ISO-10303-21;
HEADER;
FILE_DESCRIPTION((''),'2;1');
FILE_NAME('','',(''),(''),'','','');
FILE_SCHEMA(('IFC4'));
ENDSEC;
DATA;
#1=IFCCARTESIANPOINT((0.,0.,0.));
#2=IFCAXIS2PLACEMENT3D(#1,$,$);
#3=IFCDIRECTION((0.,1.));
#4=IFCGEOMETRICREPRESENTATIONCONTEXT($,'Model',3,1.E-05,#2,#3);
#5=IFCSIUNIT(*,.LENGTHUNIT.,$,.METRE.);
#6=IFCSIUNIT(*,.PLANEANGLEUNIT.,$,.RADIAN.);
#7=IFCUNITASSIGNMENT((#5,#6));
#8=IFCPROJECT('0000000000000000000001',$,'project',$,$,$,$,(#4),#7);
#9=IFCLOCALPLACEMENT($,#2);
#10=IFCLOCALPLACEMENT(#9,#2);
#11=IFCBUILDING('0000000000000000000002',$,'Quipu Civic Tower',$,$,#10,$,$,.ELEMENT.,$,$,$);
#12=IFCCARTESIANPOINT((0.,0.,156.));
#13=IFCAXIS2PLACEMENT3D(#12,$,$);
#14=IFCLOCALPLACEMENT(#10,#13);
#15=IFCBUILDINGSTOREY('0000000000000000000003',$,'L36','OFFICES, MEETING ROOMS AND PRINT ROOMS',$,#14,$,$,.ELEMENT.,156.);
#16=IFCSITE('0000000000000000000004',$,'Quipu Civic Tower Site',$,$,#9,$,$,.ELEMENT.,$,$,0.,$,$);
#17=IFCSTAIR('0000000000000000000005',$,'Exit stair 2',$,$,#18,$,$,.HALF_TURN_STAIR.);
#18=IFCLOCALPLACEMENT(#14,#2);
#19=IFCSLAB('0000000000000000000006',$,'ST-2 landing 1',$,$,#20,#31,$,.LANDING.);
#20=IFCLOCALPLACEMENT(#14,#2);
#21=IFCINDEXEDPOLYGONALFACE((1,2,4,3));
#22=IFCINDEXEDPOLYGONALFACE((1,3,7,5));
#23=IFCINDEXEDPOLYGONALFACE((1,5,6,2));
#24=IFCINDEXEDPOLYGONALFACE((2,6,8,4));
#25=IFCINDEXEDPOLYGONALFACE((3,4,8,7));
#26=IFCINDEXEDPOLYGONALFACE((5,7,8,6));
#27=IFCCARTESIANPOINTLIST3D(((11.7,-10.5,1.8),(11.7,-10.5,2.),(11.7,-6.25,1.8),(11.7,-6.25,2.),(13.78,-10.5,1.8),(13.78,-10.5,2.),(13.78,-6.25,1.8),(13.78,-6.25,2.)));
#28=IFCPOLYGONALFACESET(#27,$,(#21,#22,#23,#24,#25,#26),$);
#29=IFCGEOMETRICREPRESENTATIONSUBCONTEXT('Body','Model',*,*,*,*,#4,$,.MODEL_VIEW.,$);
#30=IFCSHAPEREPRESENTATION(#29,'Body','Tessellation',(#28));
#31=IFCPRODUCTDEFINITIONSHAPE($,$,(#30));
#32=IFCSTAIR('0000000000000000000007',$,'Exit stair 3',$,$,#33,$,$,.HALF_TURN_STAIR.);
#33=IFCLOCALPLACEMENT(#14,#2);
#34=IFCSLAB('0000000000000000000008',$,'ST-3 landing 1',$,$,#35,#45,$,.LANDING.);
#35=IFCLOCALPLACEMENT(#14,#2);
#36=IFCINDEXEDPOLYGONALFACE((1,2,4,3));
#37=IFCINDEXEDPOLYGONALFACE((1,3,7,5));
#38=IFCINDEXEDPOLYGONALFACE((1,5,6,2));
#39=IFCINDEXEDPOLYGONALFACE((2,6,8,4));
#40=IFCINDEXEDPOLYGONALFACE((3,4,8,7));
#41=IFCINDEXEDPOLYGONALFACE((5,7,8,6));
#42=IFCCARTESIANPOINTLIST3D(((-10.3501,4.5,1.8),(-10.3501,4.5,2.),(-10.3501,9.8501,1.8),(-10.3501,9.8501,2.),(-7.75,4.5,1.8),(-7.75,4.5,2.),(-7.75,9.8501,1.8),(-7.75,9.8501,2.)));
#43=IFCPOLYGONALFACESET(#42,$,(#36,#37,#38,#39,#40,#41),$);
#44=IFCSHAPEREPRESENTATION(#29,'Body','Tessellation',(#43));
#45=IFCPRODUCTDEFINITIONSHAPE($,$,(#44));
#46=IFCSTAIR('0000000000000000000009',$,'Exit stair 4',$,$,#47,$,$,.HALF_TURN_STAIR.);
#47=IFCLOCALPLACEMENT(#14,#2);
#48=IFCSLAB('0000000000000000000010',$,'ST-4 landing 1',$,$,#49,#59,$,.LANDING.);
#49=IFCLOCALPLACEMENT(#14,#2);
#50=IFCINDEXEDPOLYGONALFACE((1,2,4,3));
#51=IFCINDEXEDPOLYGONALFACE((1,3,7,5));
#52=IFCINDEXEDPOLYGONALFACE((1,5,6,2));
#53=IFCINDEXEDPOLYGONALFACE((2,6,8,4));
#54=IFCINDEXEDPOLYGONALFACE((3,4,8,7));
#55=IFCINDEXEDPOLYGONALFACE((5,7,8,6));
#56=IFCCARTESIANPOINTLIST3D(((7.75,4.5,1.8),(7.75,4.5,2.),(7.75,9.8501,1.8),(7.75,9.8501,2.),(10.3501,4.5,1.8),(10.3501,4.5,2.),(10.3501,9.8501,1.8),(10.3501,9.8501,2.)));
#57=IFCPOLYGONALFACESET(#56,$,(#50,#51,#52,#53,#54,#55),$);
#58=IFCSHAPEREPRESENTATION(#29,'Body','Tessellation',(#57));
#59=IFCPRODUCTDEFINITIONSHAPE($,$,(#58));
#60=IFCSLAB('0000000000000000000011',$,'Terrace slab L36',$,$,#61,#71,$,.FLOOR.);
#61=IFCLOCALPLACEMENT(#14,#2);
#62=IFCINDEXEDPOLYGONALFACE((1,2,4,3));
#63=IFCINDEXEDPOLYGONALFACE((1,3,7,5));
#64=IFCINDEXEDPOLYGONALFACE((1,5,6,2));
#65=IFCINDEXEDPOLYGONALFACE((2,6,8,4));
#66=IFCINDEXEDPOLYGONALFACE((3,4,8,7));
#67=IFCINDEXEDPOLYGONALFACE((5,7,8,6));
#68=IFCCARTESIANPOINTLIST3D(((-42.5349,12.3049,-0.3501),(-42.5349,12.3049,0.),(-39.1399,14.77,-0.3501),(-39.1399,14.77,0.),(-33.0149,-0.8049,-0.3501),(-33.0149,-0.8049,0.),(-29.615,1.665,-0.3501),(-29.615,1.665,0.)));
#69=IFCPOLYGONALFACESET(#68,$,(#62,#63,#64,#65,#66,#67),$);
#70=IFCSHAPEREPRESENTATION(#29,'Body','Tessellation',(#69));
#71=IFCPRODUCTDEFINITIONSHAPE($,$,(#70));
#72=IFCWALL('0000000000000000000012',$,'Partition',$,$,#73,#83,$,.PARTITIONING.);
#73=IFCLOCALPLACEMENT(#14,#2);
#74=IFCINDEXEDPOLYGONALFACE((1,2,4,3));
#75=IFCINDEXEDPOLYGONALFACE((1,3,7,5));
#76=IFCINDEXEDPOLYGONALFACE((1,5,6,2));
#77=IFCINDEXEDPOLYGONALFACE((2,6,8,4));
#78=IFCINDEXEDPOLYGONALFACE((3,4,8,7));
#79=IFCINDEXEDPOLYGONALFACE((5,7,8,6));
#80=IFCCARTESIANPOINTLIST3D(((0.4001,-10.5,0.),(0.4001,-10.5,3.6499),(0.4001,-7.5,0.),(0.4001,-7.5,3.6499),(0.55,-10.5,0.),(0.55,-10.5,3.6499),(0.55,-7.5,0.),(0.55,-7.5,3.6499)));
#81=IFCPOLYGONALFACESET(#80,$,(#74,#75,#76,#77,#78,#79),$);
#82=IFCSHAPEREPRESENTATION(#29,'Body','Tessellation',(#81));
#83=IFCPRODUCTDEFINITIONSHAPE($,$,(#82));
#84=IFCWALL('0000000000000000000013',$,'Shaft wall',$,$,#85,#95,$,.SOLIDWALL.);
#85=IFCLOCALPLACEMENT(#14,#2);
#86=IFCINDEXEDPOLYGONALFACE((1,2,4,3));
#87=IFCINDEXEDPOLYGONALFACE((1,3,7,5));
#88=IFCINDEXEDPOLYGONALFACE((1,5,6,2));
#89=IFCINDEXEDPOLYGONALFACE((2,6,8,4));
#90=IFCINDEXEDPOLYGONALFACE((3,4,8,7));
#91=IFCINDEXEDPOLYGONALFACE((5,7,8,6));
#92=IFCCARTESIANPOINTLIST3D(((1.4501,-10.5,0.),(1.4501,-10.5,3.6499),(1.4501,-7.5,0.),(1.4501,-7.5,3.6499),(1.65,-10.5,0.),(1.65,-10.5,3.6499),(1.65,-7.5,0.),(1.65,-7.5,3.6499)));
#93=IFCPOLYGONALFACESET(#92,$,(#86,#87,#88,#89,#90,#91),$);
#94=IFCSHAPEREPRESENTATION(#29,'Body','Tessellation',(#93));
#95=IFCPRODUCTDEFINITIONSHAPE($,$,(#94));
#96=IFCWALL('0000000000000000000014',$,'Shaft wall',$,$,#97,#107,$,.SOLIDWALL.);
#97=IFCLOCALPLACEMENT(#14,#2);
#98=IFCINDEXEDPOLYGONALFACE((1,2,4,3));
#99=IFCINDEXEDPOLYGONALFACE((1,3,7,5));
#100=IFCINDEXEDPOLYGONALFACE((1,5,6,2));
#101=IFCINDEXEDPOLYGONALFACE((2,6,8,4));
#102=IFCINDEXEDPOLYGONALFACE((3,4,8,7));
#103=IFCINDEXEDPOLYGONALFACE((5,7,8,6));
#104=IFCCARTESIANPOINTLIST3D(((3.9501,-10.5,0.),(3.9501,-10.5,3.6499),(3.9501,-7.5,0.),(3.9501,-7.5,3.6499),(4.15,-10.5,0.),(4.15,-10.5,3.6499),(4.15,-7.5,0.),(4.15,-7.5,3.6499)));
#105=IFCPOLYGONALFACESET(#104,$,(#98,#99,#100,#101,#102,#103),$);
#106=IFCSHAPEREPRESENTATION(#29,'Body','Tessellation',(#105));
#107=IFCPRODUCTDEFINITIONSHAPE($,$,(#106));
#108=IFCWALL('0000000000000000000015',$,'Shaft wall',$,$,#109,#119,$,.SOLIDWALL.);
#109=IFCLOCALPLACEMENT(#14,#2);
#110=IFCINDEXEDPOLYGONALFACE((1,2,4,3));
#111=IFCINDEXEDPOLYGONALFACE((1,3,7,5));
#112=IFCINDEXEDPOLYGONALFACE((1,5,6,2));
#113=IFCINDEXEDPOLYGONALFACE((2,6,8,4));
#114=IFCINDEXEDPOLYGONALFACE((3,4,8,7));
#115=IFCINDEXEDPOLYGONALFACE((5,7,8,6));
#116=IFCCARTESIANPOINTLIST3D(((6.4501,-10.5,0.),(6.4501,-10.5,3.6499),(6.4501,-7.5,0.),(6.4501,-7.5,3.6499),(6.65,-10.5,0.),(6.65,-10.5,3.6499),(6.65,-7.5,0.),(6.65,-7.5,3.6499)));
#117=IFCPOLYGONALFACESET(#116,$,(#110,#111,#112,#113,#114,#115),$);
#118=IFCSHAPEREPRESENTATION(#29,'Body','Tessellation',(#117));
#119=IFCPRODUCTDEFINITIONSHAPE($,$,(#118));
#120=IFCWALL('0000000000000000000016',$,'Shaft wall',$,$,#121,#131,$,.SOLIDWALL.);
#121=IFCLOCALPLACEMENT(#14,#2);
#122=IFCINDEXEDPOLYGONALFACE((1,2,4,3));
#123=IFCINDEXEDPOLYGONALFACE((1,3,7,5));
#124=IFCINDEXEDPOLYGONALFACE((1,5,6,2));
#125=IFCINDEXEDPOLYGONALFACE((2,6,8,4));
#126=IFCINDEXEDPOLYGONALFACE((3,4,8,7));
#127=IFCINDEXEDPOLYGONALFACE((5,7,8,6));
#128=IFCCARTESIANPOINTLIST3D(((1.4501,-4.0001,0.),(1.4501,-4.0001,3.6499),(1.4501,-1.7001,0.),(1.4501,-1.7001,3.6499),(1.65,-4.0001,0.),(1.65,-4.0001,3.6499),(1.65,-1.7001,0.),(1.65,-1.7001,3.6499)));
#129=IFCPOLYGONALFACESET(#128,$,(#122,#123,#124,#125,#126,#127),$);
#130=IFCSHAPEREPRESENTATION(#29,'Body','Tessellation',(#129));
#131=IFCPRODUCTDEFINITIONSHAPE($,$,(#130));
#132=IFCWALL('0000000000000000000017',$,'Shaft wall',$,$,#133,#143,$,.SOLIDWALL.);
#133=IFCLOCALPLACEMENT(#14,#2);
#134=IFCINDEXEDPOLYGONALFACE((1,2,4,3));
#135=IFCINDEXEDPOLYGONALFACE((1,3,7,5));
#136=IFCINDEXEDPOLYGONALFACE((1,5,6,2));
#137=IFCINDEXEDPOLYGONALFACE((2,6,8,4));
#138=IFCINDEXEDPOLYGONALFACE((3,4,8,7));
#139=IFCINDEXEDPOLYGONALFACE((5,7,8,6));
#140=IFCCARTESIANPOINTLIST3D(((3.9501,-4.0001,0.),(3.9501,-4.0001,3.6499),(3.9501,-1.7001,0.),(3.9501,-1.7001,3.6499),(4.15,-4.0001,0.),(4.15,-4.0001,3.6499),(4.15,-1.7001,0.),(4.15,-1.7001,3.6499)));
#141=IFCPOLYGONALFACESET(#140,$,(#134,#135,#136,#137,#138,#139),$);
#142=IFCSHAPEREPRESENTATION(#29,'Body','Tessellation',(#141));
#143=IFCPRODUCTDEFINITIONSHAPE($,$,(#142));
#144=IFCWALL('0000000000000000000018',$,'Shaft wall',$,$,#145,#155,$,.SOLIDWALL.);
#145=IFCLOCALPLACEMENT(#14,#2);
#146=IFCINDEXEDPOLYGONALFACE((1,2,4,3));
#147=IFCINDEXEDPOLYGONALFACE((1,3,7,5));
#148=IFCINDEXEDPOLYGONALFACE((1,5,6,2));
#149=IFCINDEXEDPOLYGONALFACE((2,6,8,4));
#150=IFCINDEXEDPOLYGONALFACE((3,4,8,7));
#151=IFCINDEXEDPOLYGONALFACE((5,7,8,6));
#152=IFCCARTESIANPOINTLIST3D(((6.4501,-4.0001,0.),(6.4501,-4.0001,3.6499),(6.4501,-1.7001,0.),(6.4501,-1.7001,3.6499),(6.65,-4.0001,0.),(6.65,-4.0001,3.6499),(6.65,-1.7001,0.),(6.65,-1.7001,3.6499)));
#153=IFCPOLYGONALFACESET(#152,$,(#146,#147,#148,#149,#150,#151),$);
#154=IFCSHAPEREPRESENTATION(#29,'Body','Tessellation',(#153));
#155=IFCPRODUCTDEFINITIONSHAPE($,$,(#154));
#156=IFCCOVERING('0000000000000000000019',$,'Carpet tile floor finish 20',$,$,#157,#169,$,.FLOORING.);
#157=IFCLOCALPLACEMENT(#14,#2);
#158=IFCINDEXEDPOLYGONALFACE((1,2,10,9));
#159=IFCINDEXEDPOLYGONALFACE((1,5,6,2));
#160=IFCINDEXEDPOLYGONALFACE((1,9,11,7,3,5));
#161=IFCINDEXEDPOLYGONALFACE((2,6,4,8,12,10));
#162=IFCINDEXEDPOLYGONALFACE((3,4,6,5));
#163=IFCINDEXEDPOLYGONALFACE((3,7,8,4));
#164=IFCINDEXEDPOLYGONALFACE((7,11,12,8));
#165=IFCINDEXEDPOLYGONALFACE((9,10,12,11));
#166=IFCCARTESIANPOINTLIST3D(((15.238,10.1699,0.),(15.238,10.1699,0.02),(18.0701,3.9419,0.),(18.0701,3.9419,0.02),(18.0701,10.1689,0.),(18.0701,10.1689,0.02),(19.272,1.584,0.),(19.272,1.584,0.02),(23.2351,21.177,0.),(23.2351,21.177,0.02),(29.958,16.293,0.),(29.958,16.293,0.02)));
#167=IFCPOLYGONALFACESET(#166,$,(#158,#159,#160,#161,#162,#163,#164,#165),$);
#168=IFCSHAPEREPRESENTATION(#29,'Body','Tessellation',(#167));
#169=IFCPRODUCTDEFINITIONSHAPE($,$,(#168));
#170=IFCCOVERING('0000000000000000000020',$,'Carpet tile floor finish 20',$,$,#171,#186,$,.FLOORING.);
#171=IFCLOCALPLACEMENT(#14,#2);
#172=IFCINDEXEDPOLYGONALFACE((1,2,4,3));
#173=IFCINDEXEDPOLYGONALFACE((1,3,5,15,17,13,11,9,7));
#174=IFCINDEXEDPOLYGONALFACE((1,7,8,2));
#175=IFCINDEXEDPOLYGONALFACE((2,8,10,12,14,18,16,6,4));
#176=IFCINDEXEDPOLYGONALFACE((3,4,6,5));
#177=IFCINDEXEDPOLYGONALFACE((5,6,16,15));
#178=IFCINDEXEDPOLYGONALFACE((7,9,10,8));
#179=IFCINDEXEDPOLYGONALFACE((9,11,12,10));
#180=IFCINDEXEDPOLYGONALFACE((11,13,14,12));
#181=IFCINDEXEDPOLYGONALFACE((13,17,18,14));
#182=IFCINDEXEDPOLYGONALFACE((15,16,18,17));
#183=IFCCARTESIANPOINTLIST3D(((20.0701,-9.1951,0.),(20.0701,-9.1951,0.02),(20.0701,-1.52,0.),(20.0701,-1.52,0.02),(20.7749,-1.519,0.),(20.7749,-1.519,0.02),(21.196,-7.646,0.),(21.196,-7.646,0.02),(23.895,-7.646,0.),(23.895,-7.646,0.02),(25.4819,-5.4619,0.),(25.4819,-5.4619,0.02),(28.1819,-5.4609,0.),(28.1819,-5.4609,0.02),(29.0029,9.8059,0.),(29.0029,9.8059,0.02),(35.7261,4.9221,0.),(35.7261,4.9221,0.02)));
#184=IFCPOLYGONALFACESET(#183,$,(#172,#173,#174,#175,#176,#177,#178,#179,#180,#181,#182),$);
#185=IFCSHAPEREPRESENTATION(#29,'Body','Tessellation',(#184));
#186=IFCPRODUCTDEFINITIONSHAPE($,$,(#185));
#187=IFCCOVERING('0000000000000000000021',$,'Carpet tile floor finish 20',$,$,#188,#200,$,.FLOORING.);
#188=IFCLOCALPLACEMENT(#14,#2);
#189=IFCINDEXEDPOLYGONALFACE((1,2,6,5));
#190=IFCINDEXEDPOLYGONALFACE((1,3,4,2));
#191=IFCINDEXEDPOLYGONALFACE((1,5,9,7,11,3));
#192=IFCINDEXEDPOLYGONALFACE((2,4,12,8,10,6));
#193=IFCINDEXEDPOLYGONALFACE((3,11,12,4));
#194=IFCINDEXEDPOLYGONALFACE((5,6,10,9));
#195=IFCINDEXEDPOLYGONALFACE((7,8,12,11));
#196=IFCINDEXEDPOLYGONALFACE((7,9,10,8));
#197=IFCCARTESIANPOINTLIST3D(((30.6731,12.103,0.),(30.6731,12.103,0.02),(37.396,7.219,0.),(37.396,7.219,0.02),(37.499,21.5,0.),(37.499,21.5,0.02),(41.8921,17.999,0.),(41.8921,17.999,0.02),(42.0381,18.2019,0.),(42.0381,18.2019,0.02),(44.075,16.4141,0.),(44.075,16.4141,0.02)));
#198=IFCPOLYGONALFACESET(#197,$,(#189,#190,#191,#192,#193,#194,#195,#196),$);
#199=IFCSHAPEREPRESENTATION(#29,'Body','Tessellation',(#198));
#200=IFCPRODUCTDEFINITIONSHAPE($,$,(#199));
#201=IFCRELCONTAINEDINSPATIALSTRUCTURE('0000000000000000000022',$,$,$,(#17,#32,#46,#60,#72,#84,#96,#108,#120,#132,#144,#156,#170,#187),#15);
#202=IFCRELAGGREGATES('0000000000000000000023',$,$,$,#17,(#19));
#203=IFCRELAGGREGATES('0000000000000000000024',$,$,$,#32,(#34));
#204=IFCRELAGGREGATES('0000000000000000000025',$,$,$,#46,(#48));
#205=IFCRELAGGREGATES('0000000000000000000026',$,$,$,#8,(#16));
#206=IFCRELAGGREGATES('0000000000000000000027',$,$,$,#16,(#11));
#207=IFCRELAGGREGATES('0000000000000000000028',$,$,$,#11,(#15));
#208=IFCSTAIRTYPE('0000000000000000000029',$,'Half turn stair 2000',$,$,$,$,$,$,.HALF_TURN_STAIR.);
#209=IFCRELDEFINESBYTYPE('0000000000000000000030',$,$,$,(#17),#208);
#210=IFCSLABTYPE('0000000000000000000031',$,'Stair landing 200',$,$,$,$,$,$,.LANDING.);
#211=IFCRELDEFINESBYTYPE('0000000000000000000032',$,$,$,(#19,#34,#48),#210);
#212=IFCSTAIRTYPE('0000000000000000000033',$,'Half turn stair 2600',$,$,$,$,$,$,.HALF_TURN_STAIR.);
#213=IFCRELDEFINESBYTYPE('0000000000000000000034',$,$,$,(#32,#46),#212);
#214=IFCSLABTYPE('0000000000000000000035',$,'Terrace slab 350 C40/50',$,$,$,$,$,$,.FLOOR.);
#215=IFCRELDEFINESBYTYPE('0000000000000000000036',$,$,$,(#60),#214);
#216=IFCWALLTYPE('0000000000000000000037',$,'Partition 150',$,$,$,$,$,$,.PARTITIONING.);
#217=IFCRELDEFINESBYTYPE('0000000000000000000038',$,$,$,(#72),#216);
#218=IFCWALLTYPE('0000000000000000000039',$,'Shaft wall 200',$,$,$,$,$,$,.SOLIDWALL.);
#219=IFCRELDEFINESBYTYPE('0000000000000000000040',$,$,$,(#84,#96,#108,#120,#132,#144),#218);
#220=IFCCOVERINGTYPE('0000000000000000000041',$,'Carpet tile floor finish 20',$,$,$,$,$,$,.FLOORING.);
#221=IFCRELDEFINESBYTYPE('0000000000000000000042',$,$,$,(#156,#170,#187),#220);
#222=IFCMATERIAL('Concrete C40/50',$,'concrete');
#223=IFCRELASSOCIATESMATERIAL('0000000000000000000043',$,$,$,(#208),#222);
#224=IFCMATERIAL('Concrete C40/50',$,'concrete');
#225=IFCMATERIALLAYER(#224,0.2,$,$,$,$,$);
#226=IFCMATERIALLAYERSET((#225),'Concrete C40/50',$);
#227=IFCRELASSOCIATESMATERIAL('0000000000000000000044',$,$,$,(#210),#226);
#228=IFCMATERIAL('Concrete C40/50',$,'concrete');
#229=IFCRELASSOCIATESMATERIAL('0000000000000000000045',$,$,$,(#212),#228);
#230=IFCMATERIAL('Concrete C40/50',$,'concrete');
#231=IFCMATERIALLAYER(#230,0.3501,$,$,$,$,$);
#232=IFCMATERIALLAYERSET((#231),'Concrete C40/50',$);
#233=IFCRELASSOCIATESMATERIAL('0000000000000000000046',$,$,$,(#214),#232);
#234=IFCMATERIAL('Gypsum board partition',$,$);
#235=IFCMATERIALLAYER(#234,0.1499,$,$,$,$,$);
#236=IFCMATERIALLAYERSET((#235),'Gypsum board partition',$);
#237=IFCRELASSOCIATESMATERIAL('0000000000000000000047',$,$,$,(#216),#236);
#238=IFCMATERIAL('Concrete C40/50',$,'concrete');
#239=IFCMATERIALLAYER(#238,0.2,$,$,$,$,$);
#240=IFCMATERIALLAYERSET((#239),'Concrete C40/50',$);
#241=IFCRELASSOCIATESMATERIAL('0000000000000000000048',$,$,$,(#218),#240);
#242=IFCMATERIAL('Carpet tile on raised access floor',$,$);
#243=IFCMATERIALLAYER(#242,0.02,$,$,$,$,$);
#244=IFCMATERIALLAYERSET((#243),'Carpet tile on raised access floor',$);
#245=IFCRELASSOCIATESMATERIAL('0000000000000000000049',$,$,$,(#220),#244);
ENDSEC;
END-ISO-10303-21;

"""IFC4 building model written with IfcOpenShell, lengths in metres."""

from ifc_helpers import new_model, si_unit, direction, frame, frame_2d, origin, place, context, subcontext, project, spatial, polyline, rectangle, outline, extrude, material, layer, layer_set, type_object, element, aggregate, save


model = new_model("IFC4")

# Units and contexts
model_context = context("Model", 3, precision=1e-05, world=origin(), true_north=direction((0.0, 1.0)))
body_context = subcontext(model_context, "Body", "Model", "MODEL_VIEW")
ifc_project = project(units=[si_unit("LENGTHUNIT", "METRE"), si_unit("PLANEANGLEUNIT", "RADIAN")], contexts=[model_context])

# Site, building, storey
site_placement = place(None, origin())
site = spatial("IfcSite", under=ifc_project, at=site_placement, Name="Quipu Civic Tower Site", CompositionType="ELEMENT", RefElevation=0.0)
building_placement = place(site_placement, origin())
building = spatial("IfcBuilding", under=site, at=building_placement, Name="Quipu Civic Tower", CompositionType="ELEMENT")
storey_placement = place(building_placement, frame((0.0, 0.0, 156.0)))
storey = spatial("IfcBuildingStorey", under=building, at=storey_placement, Name="L36", Description="OFFICES, MEETING ROOMS AND PRINT ROOMS", CompositionType="ELEMENT", Elevation=156.0)

# Stairs, slabs
ifc_material_1 = material(Name="Concrete C40/50", Category="concrete")
stair_type_1 = type_object("IfcStairType", Name="Half turn stair 2000", PredefinedType="HALF_TURN_STAIR", material=ifc_material_1)
ifc_material_2 = material(Name="Concrete C40/50", Category="concrete")
ifc_layer_1 = layer(ifc_material_2, 0.2)
ifc_layer_set_1 = layer_set([ifc_layer_1], Name="Concrete C40/50")
slab_type_1 = type_object("IfcSlabType", Name="Stair landing 200", PredefinedType="LANDING", material=ifc_layer_set_1)
stair_1_placement = place(storey_placement, origin())
stair_1 = element("IfcStair", 1, at=stair_1_placement, inside=storey, type_object=stair_type_1, Name="Exit stair 2", PredefinedType="HALF_TURN_STAIR")
slab_1_placement = place(storey_placement, frame((0.0, 0.0, 1.8)))
slab_1 = element("IfcSlab", 2, at=slab_1_placement, type_object=slab_type_1, Name="ST-2 landing 1", PredefinedType="LANDING", context=body_context, shape_type="SweptSolid", body=[
    extrude(outline(polyline([(13.78, -6.25), (11.7, -6.25), (11.7, -10.5), (13.78, -10.5), (13.78, -6.25)])), origin(), (0.0, 0.0, 1.0), 0.2),
])
aggregate(stair_1, [slab_1])
ifc_material_3 = material(Name="Concrete C40/50", Category="concrete")
stair_type_2 = type_object("IfcStairType", Name="Half turn stair 2600", PredefinedType="HALF_TURN_STAIR", material=ifc_material_3)
stair_2_placement = place(storey_placement, origin())
stair_2 = element("IfcStair", 3, at=stair_2_placement, inside=storey, type_object=stair_type_2, Name="Exit stair 3", PredefinedType="HALF_TURN_STAIR")
slab_2_placement = place(storey_placement, frame((0.0, 0.0, 1.8)))
slab_2 = element("IfcSlab", 4, at=slab_2_placement, type_object=slab_type_1, Name="ST-3 landing 1", PredefinedType="LANDING", context=body_context, shape_type="SweptSolid", body=[
    extrude(outline(polyline([(-10.3501, 4.5), (-7.75, 4.5), (-7.75, 9.8501), (-10.3501, 9.8501), (-10.3501, 4.5)])), origin(), (0.0, 0.0, 1.0), 0.2),
])
aggregate(stair_2, [slab_2])
stair_3_placement = place(storey_placement, origin())
stair_3 = element("IfcStair", 5, at=stair_3_placement, inside=storey, type_object=stair_type_2, Name="Exit stair 4", PredefinedType="HALF_TURN_STAIR")
slab_3_placement = place(storey_placement, frame((0.0, 0.0, 1.8)))
slab_3 = element("IfcSlab", 6, at=slab_3_placement, type_object=slab_type_1, Name="ST-4 landing 1", PredefinedType="LANDING", context=body_context, shape_type="SweptSolid", body=[
    extrude(outline(polyline([(10.3501, 9.8501), (7.75, 9.8501), (7.75, 4.5), (10.3501, 4.5), (10.3501, 9.8501)])), origin(), (0.0, 0.0, 1.0), 0.2),
])
aggregate(stair_3, [slab_3])

# Slab
ifc_material_4 = material(Name="Concrete C40/50", Category="concrete")
ifc_layer_2 = layer(ifc_material_4, 0.3501)
ifc_layer_set_2 = layer_set([ifc_layer_2], Name="Concrete C40/50")
slab_type_2 = type_object("IfcSlabType", Name="Terrace slab 350 C40/50", PredefinedType="FLOOR", material=ifc_layer_set_2)
slab_4_placement = place(storey_placement, frame((0.0, 0.0, -0.3501)))
element("IfcSlab", 7, at=slab_4_placement, inside=storey, type_object=slab_type_2, Name="Terrace slab L36", PredefinedType="FLOOR", context=body_context, shape_type="SweptSolid", body=[
    extrude(outline(polyline([(-39.1399, 14.77), (-29.615, 1.665), (-33.0149, -0.8049), (-42.5349, 12.3049), (-39.1399, 14.77)])), origin(), (0.0, 0.0, 1.0), 0.3501),
])

# Walls
ifc_material_5 = material(Name="Gypsum board partition")
ifc_layer_3 = layer(ifc_material_5, 0.1499)
ifc_layer_set_3 = layer_set([ifc_layer_3], Name="Gypsum board partition")
wall_type_1 = type_object("IfcWallType", Name="Partition 150", PredefinedType="PARTITIONING", material=ifc_layer_set_3)
wall_placement = place(storey_placement, frame((0.4751, -10.5, 0.0), z_axis=(0.0, 0.0, 1.0), x_axis=(0.0, 1.0, 0.0)))
element("IfcWall", 8, at=wall_placement, inside=storey, type_object=wall_type_1, Name="Partition", PredefinedType="PARTITIONING", context=body_context, shape_type="SweptSolid", body=[
    extrude(rectangle(XDim=3.0, YDim=0.1499, at=frame_2d((1.5, 0.0))), origin(), (0.0, 0.0, 1.0), 3.6499),
])
ifc_material_6 = material(Name="Concrete C40/50", Category="concrete")
ifc_layer_4 = layer(ifc_material_6, 0.2)
ifc_layer_set_4 = layer_set([ifc_layer_4], Name="Concrete C40/50")
wall_type_2 = type_object("IfcWallType", Name="Shaft wall 200", PredefinedType="SOLIDWALL", material=ifc_layer_set_4)
for number, where, z_axis, x_axis, name in (
    (9, (1.55, -10.5, 0.0), (0.0, 0.0, 1.0), (0.0, 1.0, 0.0), "Shaft wall"),
    (10, (4.05, -10.5, 0.0), (0.0, 0.0, 1.0), (0.0, 1.0, 0.0), "Shaft wall"),
    (11, (6.55, -10.5, 0.0), (0.0, 0.0, 1.0), (0.0, 1.0, 0.0), "Shaft wall"),
):
    element("IfcWall", number, at=place(storey_placement, frame(where, z_axis=z_axis, x_axis=x_axis)), inside=storey, type_object=wall_type_2, Name=name, PredefinedType="SOLIDWALL", context=body_context, shape_type="SweptSolid", body=[
        extrude(rectangle(XDim=3.0, YDim=0.2, at=frame_2d((1.5, 0.0))), origin(), (0.0, 0.0, 1.0), 3.6499),
    ])
for number, where, z_axis, x_axis, name in (
    (12, (1.55, -4.0, 0.0), (0.0, 0.0, 1.0), (0.0, 1.0, 0.0), "Shaft wall"),
    (13, (4.05, -4.0, 0.0), (0.0, 0.0, 1.0), (0.0, 1.0, 0.0), "Shaft wall"),
    (14, (6.55, -4.0, 0.0), (0.0, 0.0, 1.0), (0.0, 1.0, 0.0), "Shaft wall"),
):
    element("IfcWall", number, at=place(storey_placement, frame(where, z_axis=z_axis, x_axis=x_axis)), inside=storey, type_object=wall_type_2, Name=name, PredefinedType="SOLIDWALL", context=body_context, shape_type="SweptSolid", body=[
        extrude(rectangle(XDim=2.3, YDim=0.2, at=frame_2d((1.1499, 0.0))), origin(), (0.0, 0.0, 1.0), 3.6499),
    ])

# Coverings
ifc_material_7 = material(Name="Carpet tile on raised access floor")
ifc_layer_5 = layer(ifc_material_7, 0.02)
ifc_layer_set_5 = layer_set([ifc_layer_5], Name="Carpet tile on raised access floor")
covering_type_1 = type_object("IfcCoveringType", Name="Carpet tile floor finish 20", PredefinedType="FLOORING", material=ifc_layer_set_5)
covering_1_placement = place(storey_placement, origin())
element("IfcCovering", 15, at=covering_1_placement, inside=storey, type_object=covering_type_1, Name="Carpet tile floor finish 20", PredefinedType="FLOORING", context=body_context, shape_type="SweptSolid", body=[
    extrude(outline(polyline([(15.238, 10.1699), (23.2351, 21.177), (29.958, 16.293), (19.272, 1.584), (18.0701, 3.9419), (18.0701, 10.1689), (15.238, 10.1699)])), origin(), (0.0, 0.0, 1.0), 0.02),
])
covering_2_placement = place(storey_placement, origin())
element("IfcCovering", 16, at=covering_2_placement, inside=storey, type_object=covering_type_1, Name="Carpet tile floor finish 20", PredefinedType="FLOORING", context=body_context, shape_type="SweptSolid", body=[
    extrude(outline(polyline([(20.0701, -9.1951), (20.0701, -1.52), (20.7749, -1.519), (29.0029, 9.8059), (35.7261, 4.9221), (28.1819, -5.4609), (25.4819, -5.4619), (23.895, -7.646), (21.196, -7.646), (20.0701, -9.1951)])), origin(), (0.0, 0.0, 1.0), 0.02),
])
covering_3_placement = place(storey_placement, origin())
element("IfcCovering", 17, at=covering_3_placement, inside=storey, type_object=covering_type_1, Name="Carpet tile floor finish 20", PredefinedType="FLOORING", context=body_context, shape_type="SweptSolid", body=[
    extrude(outline(polyline([(30.6731, 12.103), (37.499, 21.5), (42.0381, 18.2019), (41.8921, 17.999), (44.075, 16.4141), (37.396, 7.219), (30.6731, 12.103)])), origin(), (0.0, 0.0, 1.0), 0.02),
])

save(model, "model.ifc")
